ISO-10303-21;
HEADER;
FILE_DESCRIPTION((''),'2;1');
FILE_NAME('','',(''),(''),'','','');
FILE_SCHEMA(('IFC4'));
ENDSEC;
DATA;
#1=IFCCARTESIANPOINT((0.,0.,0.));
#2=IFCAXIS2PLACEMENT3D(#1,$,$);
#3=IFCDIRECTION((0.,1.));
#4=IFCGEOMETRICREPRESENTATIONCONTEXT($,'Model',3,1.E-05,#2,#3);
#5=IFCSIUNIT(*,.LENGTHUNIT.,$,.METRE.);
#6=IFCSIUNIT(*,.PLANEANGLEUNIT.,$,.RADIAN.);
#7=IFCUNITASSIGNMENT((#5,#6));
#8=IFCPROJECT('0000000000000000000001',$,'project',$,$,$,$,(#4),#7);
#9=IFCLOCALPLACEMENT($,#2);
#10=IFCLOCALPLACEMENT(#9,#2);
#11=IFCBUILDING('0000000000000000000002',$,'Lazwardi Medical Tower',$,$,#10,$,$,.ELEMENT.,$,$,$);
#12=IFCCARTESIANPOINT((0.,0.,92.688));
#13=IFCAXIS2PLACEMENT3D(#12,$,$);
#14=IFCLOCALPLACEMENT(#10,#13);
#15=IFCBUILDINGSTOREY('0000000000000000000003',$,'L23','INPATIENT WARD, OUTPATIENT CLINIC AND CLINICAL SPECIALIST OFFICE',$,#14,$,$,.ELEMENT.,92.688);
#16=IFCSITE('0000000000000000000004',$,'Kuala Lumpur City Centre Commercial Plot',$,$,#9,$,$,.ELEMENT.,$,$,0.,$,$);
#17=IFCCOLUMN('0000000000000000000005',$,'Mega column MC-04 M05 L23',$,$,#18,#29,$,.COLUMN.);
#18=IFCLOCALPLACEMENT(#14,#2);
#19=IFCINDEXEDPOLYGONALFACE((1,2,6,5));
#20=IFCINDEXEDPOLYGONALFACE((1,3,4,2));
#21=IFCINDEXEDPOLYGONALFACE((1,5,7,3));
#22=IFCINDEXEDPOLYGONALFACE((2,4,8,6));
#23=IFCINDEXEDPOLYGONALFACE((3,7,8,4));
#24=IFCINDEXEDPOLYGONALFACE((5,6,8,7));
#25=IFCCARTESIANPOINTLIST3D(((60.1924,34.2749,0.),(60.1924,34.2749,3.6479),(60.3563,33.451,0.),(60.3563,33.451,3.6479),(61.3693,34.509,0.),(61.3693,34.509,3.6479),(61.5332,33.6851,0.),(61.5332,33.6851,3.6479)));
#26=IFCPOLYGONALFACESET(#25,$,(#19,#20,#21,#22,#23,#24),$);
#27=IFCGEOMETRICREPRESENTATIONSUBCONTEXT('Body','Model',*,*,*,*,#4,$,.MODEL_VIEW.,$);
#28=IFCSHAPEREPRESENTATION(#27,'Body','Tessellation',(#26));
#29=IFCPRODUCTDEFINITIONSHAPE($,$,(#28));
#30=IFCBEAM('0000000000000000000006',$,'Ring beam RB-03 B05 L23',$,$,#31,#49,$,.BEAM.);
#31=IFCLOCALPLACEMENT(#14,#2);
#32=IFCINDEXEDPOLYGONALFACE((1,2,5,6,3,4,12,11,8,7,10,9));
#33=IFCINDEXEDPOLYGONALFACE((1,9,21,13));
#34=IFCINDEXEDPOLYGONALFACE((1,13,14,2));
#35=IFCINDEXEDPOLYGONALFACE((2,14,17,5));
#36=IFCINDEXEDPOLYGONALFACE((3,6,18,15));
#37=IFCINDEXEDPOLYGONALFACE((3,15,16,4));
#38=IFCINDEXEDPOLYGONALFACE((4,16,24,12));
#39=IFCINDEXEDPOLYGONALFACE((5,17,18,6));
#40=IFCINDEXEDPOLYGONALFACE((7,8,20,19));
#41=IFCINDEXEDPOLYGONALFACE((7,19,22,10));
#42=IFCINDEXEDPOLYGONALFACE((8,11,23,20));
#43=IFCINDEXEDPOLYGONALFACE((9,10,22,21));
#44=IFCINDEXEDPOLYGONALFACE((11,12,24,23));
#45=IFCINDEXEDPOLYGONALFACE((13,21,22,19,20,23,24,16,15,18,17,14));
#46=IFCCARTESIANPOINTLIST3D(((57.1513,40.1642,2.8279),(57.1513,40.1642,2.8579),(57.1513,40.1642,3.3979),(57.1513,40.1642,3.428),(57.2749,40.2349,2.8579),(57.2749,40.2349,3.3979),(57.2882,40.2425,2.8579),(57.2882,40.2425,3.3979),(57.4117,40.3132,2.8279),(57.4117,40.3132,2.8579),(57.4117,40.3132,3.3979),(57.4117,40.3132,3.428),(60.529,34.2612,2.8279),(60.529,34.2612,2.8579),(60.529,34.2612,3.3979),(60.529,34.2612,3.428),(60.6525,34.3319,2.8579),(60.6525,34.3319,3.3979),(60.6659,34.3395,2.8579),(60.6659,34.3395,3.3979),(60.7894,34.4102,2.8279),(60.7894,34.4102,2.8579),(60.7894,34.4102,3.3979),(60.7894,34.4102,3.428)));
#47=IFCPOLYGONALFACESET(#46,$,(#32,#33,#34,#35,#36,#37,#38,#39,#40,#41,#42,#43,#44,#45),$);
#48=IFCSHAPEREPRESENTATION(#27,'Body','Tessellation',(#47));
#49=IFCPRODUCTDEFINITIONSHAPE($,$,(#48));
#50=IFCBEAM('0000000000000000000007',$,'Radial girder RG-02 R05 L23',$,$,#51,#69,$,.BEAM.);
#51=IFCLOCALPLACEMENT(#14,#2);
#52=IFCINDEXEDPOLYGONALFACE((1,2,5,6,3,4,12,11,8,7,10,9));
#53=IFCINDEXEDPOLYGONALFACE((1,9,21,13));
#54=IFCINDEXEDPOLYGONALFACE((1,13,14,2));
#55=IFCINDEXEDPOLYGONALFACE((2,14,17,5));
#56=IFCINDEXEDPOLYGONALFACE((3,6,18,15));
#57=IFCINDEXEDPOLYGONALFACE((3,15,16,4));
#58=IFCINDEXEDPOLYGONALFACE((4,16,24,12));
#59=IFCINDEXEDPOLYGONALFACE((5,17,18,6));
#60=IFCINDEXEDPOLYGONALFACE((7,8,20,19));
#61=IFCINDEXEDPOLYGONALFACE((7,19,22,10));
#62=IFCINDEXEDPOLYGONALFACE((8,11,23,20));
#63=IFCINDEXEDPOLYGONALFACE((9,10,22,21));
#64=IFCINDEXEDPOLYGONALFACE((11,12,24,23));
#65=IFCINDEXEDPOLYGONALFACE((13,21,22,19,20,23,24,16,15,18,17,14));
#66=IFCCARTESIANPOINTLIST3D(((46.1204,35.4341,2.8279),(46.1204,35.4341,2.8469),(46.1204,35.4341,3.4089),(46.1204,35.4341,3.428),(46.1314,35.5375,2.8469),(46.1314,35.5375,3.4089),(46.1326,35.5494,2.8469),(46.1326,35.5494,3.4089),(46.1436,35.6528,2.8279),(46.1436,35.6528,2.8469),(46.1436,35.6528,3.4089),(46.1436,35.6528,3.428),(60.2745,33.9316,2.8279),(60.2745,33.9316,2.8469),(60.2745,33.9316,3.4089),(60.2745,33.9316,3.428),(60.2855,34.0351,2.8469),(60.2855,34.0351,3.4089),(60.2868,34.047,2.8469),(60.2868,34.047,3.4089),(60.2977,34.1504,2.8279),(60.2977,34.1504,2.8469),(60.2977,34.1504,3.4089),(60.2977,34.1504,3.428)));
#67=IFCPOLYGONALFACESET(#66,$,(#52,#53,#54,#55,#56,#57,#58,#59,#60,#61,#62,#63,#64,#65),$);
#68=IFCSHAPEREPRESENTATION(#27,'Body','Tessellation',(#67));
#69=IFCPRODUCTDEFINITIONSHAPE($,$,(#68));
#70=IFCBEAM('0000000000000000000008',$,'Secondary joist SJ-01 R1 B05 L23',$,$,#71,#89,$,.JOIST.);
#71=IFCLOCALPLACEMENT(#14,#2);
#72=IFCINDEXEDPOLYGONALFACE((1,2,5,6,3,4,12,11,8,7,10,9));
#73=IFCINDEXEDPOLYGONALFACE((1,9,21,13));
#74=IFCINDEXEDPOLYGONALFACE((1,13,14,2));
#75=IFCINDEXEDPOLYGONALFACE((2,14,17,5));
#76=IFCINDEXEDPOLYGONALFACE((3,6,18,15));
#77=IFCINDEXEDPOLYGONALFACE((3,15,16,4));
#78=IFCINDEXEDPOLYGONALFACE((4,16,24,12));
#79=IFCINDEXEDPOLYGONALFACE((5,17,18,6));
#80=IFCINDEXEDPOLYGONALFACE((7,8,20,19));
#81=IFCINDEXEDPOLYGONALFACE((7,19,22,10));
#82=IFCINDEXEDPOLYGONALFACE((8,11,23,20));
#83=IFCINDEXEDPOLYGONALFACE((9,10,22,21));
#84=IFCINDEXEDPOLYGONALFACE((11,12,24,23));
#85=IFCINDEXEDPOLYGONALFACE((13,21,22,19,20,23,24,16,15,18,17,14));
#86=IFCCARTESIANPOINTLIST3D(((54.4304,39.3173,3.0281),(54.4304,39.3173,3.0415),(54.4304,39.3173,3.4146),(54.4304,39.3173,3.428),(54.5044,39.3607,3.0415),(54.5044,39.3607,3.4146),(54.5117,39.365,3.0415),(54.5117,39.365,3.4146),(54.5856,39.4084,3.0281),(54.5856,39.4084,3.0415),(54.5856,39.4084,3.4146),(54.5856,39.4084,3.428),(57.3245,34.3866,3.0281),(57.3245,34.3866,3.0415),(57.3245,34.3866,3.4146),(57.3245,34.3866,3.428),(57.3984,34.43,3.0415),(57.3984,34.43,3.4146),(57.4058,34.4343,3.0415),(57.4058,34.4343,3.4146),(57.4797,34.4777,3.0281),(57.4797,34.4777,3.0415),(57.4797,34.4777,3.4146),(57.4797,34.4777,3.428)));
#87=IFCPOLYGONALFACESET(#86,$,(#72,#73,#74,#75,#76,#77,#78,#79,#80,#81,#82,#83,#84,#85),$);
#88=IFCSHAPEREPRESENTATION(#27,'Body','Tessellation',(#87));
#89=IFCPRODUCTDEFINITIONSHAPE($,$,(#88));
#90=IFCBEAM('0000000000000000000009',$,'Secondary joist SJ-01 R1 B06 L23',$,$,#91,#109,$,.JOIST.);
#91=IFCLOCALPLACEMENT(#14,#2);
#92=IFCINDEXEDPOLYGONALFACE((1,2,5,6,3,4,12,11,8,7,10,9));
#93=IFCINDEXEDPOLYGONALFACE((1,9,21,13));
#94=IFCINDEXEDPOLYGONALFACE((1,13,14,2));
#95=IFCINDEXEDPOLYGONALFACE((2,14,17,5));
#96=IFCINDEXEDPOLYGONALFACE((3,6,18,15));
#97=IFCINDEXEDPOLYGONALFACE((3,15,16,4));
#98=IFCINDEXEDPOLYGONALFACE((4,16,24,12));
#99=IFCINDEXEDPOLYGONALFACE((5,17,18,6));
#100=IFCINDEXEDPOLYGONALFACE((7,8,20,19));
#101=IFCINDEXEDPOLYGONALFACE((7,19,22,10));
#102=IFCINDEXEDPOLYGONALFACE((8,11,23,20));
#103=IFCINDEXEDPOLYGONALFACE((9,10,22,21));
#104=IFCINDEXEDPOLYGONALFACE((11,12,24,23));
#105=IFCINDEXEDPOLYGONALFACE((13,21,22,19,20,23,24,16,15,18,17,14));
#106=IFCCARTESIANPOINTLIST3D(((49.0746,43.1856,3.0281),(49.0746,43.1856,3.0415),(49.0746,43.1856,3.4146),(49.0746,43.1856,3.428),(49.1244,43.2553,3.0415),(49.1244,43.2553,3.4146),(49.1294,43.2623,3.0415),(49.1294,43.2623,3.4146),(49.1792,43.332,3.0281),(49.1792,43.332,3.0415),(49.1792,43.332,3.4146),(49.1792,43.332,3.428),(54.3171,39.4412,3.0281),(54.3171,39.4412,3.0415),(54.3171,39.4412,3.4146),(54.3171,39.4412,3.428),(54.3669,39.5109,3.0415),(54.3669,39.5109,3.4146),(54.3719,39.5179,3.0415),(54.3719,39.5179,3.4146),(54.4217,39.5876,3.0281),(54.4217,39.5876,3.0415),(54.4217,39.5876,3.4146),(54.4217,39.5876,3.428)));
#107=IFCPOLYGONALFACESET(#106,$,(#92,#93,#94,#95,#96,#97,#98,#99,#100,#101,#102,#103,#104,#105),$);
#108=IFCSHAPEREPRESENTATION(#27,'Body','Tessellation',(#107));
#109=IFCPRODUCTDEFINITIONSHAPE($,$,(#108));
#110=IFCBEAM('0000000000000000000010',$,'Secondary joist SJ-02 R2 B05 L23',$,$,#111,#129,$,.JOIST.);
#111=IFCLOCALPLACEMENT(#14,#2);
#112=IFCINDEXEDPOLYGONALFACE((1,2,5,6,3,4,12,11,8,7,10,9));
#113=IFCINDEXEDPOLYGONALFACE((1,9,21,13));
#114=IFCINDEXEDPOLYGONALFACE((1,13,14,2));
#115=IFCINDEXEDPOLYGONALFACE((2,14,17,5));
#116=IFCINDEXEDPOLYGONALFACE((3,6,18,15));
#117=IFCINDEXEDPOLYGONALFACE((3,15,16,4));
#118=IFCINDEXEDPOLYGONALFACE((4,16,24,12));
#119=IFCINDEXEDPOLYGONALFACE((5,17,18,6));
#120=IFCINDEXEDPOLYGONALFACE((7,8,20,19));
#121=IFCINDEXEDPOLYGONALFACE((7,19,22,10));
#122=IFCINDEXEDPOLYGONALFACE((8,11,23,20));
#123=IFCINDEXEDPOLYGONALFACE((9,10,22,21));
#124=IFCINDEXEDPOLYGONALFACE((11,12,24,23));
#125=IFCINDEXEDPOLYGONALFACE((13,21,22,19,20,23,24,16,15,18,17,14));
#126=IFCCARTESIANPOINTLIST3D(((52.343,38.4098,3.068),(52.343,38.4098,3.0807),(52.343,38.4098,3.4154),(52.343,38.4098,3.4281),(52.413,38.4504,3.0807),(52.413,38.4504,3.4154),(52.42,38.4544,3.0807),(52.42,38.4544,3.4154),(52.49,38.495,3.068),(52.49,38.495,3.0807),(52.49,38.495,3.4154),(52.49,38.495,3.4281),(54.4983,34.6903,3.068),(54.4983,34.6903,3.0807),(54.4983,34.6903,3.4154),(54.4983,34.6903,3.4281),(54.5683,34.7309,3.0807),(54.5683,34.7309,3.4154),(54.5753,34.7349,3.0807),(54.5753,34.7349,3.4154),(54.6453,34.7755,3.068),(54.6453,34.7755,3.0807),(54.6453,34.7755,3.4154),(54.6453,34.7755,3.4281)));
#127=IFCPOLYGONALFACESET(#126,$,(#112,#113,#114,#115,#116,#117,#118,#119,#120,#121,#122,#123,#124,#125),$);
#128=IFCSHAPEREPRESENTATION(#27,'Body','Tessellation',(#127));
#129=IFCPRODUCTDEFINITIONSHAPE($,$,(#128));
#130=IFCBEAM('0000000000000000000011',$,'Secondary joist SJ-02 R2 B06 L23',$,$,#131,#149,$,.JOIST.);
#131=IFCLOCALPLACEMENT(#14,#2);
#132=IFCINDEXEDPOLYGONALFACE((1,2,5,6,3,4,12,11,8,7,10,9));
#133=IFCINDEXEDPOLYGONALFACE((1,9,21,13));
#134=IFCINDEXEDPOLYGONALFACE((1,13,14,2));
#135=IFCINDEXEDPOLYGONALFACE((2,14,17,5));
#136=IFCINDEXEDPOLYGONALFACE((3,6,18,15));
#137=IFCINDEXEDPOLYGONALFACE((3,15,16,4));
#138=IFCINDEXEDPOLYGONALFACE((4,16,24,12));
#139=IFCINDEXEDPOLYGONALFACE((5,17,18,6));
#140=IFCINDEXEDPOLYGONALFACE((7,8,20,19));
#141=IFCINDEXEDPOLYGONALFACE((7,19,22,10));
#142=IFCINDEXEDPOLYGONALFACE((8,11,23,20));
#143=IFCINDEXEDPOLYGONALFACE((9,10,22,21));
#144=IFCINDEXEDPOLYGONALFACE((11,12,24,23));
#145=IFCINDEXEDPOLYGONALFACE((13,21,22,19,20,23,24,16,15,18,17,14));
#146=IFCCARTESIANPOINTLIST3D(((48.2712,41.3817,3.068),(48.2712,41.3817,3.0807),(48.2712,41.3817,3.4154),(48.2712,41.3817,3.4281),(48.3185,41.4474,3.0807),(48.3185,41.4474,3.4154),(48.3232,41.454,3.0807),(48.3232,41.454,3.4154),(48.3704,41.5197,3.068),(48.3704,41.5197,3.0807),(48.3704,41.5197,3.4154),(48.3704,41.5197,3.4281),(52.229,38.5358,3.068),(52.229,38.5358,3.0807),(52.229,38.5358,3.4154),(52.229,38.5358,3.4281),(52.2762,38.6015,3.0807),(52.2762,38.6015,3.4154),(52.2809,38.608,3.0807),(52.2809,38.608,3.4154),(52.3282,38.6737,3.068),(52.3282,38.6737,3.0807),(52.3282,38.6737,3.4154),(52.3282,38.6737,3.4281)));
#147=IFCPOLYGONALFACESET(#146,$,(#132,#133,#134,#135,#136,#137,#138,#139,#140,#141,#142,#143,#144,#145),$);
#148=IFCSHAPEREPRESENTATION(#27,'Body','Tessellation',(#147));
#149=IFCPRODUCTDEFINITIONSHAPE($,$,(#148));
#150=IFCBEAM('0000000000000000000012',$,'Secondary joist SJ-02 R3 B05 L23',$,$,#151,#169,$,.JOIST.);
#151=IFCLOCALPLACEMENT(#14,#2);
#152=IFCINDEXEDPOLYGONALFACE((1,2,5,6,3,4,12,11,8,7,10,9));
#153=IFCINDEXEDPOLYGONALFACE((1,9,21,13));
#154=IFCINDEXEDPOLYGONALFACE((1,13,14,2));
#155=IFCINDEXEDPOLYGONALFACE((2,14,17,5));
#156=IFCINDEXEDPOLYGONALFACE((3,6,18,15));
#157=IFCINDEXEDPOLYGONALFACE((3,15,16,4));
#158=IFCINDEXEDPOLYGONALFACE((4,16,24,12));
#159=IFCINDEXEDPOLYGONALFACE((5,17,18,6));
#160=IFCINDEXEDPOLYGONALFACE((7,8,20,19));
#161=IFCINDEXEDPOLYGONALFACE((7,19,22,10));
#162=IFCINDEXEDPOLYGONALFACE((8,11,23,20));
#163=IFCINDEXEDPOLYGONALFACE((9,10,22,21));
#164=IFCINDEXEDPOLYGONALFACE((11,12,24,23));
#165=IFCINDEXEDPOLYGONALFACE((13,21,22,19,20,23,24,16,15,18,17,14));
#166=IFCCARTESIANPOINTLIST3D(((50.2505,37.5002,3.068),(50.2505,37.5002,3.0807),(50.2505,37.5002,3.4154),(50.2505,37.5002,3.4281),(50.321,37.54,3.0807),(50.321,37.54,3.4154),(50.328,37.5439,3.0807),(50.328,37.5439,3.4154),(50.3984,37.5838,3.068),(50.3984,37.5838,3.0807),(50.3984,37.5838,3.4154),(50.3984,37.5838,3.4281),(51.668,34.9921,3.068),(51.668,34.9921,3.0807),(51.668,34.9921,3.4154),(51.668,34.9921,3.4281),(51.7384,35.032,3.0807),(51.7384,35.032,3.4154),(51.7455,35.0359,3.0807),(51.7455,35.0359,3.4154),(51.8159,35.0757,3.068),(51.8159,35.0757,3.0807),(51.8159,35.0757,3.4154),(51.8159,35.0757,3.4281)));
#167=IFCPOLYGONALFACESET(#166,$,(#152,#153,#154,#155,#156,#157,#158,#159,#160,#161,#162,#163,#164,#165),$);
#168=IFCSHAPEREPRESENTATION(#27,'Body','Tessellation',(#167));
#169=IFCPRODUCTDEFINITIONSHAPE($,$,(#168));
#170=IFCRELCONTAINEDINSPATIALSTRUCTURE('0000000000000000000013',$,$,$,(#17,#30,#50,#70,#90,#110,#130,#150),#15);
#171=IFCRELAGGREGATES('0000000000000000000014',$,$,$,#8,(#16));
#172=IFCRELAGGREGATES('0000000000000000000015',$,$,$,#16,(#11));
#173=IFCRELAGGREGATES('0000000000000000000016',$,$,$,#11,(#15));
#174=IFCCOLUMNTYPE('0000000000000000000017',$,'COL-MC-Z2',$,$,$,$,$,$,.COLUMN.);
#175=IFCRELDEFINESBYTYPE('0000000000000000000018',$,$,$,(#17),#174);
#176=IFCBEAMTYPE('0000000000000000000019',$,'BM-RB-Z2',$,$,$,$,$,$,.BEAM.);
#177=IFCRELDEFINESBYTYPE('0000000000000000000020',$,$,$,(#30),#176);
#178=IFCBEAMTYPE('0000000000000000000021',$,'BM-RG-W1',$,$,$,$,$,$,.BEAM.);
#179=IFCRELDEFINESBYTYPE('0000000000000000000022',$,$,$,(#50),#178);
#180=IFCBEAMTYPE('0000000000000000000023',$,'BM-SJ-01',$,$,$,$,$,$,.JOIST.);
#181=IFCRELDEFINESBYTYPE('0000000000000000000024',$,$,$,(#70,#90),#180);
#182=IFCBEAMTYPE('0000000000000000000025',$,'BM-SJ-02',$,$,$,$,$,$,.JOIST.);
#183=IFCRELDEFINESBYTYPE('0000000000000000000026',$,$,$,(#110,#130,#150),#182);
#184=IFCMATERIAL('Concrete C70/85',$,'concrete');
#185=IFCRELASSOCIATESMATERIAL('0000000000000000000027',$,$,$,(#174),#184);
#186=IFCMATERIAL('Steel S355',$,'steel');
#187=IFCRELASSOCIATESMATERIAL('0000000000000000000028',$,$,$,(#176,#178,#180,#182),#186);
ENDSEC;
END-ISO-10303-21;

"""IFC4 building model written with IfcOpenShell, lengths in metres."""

from ifc_helpers import new_model, si_unit, direction, frame, origin, origin_2d, place, context, subcontext, project, spatial, rectangle, i_section, extrude, material, material_profile, profile_set, type_object, element, save


model = new_model("IFC4")

# Units and contexts
model_context = context("Model", 3, precision=1e-05, world=origin(), true_north=direction((0.0, 1.0)))
body_context = subcontext(model_context, "Body", "Model", "MODEL_VIEW")
ifc_project = project(units=[si_unit("LENGTHUNIT", "METRE"), si_unit("PLANEANGLEUNIT", "RADIAN")], contexts=[model_context])

# Site, building, storey
site_placement = place(None, origin())
site = spatial("IfcSite", under=ifc_project, at=site_placement, Name="Kuala Lumpur City Centre Commercial Plot", CompositionType="ELEMENT", RefElevation=0.0)
building_placement = place(site_placement, origin())
building = spatial("IfcBuilding", under=site, at=building_placement, Name="Lazwardi Medical Tower", CompositionType="ELEMENT")
storey_placement = place(building_placement, frame((0.0, 0.0, 92.688)))
storey = spatial("IfcBuildingStorey", under=building, at=storey_placement, Name="L23", Description="INPATIENT WARD, OUTPATIENT CLINIC AND CLINICAL SPECIALIST OFFICE", CompositionType="ELEMENT", Elevation=92.688)

# Column
ifc_material_1 = material(Name="Concrete C70/85", Category="concrete")
ifc_material_profile_1 = material_profile(ifc_material_1, rectangle(XDim=1.2, YDim=0.8401, at=origin_2d()), Name="CFT-RECT 1200x840")
ifc_profile_set_1 = profile_set([ifc_material_profile_1], Name="Concrete C70/85")
column_type = type_object("IfcColumnType", Name="COL-MC-Z2", PredefinedType="COLUMN", material=ifc_profile_set_1)
column_placement = place(storey_placement, frame((60.8628, 33.98, 0.0), z_axis=(0.0, 0.0, 1.0), x_axis=(0.980785, 0.19509, 0.0)))
element("IfcColumn", 1, at=column_placement, inside=storey, type_object=column_type, Name="Mega column MC-04 M05 L23", PredefinedType="COLUMN", context=body_context, shape_type="SweptSolid", body=[
    extrude(rectangle(XDim=1.2, YDim=0.8401, at=origin_2d()), origin(), (0.0, 0.0, 1.0), 3.6479),
])

# Beams
ifc_material_2 = material(Name="Steel S355", Category="steel")
ifc_material_profile_2 = material_profile(ifc_material_2, i_section(OverallWidth=0.3, OverallDepth=0.6001, WebThickness=0.0154, FlangeThickness=0.03, at=origin_2d()), Name="HEB 600")
ifc_profile_set_2 = profile_set([ifc_material_profile_2], Name="Steel S355")
beam_type_1 = type_object("IfcBeamType", Name="BM-RB-Z2", PredefinedType="BEAM", material=ifc_profile_set_2)
beam_1_placement = place(storey_placement, frame((60.6592, 34.3357, 3.1279), z_axis=(-0.496638, 0.867958, 0.0), x_axis=(-0.867958, -0.496638, 0.0)))
element("IfcBeam", 2, at=beam_1_placement, inside=storey, type_object=beam_type_1, Name="Ring beam RB-03 B05 L23", PredefinedType="BEAM", context=body_context, shape_type="SweptSolid", body=[
    extrude(i_section(OverallWidth=0.3, OverallDepth=0.6001, WebThickness=0.0154, FlangeThickness=0.03, at=origin_2d()), origin(), (0.0, 0.0, 1.0), 6.801),
])
ifc_material_profile_3 = material_profile(ifc_material_2, i_section(OverallWidth=0.22, OverallDepth=0.6001, WebThickness=0.012, FlangeThickness=0.019, at=origin_2d()), Name="IPE 600")
ifc_profile_set_3 = profile_set([ifc_material_profile_3], Name="Steel S355")
beam_type_2 = type_object("IfcBeamType", Name="BM-RG-W1", PredefinedType="BEAM", material=ifc_profile_set_3)
beam_2_placement = place(storey_placement, frame((60.2861, 34.041, 3.1279), z_axis=(-0.994413, 0.105556, 0.0), x_axis=(-0.105556, -0.994413, 0.0)))
element("IfcBeam", 3, at=beam_2_placement, inside=storey, type_object=beam_type_2, Name="Radial girder RG-02 R05 L23", PredefinedType="BEAM", context=body_context, shape_type="SweptSolid", body=[
    extrude(i_section(OverallWidth=0.22, OverallDepth=0.6001, WebThickness=0.012, FlangeThickness=0.019, at=origin_2d()), origin(), (0.0, 0.0, 1.0), 14.2336),
])
ifc_material_profile_4 = material_profile(ifc_material_2, i_section(OverallWidth=0.1799, OverallDepth=0.3999, WebThickness=0.0085, FlangeThickness=0.0134, at=origin_2d()), Name="IPE 400")
ifc_profile_set_4 = profile_set([ifc_material_profile_4], Name="Steel S355")
beam_type_3 = type_object("IfcBeamType", Name="BM-SJ-01", PredefinedType="JOIST", material=ifc_profile_set_4)
beam_3_placement = place(storey_placement, frame((57.4021, 34.4321, 3.228), z_axis=(-0.506195, 0.862419, 0.0), x_axis=(-0.862419, -0.506195, 0.0)))
element("IfcBeam", 4, at=beam_3_placement, inside=storey, type_object=beam_type_3, Name="Secondary joist SJ-01 R1 B05 L23", PredefinedType="JOIST", context=body_context, shape_type="SweptSolid", body=[
    extrude(i_section(OverallWidth=0.1799, OverallDepth=0.3999, WebThickness=0.0085, FlangeThickness=0.0134, at=origin_2d()), origin(), (0.0, 0.0, 1.0), 5.7173),
])
beam_4_placement = place(storey_placement, frame((54.3694, 39.5144, 3.228), z_axis=(-0.813749, 0.581217, 0.0), x_axis=(-0.581217, -0.813749, 0.0)))
element("IfcBeam", 5, at=beam_4_placement, inside=storey, type_object=beam_type_3, Name="Secondary joist SJ-01 R1 B06 L23", PredefinedType="JOIST", context=body_context, shape_type="SweptSolid", body=[
    extrude(i_section(OverallWidth=0.1799, OverallDepth=0.3999, WebThickness=0.0085, FlangeThickness=0.0134, at=origin_2d()), origin(), (0.0, 0.0, 1.0), 6.4424),
])
ifc_material_profile_5 = material_profile(ifc_material_2, i_section(OverallWidth=0.1699, OverallDepth=0.3601, WebThickness=0.0081, FlangeThickness=0.0127, at=origin_2d()), Name="IPE 360")
ifc_profile_set_5 = profile_set([ifc_material_profile_5], Name="Steel S355")
beam_type_4 = type_object("IfcBeamType", Name="BM-SJ-02", PredefinedType="JOIST", material=ifc_profile_set_5)
beam_5_placement = place(storey_placement, frame((54.5718, 34.7329, 3.248), z_axis=(-0.501365, 0.865236, 0.0), x_axis=(-0.865236, -0.501365, 0.0)))
element("IfcBeam", 6, at=beam_5_placement, inside=storey, type_object=beam_type_4, Name="Secondary joist SJ-02 R2 B05 L23", PredefinedType="JOIST", context=body_context, shape_type="SweptSolid", body=[
    extrude(i_section(OverallWidth=0.1699, OverallDepth=0.3601, WebThickness=0.0081, FlangeThickness=0.0127, at=origin_2d()), origin(), (0.0, 0.0, 1.0), 4.2988),
])
beam_6_placement = place(storey_placement, frame((52.2786, 38.6047, 3.248), z_axis=(-0.811889, 0.583813, 0.0), x_axis=(-0.583813, -0.811889, 0.0)))
element("IfcBeam", 7, at=beam_6_placement, inside=storey, type_object=beam_type_4, Name="Secondary joist SJ-02 R2 B06 L23", PredefinedType="JOIST", context=body_context, shape_type="SweptSolid", body=[
    extrude(i_section(OverallWidth=0.1699, OverallDepth=0.3601, WebThickness=0.0081, FlangeThickness=0.0127, at=origin_2d()), origin(), (0.0, 0.0, 1.0), 4.8748),
])
beam_7_placement = place(storey_placement, frame((51.7419, 35.0339, 3.248), z_axis=(-0.492027, 0.87058, 0.0), x_axis=(-0.87058, -0.492027, 0.0)))
element("IfcBeam", 8, at=beam_7_placement, inside=storey, type_object=beam_type_4, Name="Secondary joist SJ-02 R3 B05 L23", PredefinedType="JOIST", context=body_context, shape_type="SweptSolid", body=[
    extrude(i_section(OverallWidth=0.1699, OverallDepth=0.3601, WebThickness=0.0081, FlangeThickness=0.0127, at=origin_2d()), origin(), (0.0, 0.0, 1.0), 2.8809),
])

save(model, "model.ifc")
